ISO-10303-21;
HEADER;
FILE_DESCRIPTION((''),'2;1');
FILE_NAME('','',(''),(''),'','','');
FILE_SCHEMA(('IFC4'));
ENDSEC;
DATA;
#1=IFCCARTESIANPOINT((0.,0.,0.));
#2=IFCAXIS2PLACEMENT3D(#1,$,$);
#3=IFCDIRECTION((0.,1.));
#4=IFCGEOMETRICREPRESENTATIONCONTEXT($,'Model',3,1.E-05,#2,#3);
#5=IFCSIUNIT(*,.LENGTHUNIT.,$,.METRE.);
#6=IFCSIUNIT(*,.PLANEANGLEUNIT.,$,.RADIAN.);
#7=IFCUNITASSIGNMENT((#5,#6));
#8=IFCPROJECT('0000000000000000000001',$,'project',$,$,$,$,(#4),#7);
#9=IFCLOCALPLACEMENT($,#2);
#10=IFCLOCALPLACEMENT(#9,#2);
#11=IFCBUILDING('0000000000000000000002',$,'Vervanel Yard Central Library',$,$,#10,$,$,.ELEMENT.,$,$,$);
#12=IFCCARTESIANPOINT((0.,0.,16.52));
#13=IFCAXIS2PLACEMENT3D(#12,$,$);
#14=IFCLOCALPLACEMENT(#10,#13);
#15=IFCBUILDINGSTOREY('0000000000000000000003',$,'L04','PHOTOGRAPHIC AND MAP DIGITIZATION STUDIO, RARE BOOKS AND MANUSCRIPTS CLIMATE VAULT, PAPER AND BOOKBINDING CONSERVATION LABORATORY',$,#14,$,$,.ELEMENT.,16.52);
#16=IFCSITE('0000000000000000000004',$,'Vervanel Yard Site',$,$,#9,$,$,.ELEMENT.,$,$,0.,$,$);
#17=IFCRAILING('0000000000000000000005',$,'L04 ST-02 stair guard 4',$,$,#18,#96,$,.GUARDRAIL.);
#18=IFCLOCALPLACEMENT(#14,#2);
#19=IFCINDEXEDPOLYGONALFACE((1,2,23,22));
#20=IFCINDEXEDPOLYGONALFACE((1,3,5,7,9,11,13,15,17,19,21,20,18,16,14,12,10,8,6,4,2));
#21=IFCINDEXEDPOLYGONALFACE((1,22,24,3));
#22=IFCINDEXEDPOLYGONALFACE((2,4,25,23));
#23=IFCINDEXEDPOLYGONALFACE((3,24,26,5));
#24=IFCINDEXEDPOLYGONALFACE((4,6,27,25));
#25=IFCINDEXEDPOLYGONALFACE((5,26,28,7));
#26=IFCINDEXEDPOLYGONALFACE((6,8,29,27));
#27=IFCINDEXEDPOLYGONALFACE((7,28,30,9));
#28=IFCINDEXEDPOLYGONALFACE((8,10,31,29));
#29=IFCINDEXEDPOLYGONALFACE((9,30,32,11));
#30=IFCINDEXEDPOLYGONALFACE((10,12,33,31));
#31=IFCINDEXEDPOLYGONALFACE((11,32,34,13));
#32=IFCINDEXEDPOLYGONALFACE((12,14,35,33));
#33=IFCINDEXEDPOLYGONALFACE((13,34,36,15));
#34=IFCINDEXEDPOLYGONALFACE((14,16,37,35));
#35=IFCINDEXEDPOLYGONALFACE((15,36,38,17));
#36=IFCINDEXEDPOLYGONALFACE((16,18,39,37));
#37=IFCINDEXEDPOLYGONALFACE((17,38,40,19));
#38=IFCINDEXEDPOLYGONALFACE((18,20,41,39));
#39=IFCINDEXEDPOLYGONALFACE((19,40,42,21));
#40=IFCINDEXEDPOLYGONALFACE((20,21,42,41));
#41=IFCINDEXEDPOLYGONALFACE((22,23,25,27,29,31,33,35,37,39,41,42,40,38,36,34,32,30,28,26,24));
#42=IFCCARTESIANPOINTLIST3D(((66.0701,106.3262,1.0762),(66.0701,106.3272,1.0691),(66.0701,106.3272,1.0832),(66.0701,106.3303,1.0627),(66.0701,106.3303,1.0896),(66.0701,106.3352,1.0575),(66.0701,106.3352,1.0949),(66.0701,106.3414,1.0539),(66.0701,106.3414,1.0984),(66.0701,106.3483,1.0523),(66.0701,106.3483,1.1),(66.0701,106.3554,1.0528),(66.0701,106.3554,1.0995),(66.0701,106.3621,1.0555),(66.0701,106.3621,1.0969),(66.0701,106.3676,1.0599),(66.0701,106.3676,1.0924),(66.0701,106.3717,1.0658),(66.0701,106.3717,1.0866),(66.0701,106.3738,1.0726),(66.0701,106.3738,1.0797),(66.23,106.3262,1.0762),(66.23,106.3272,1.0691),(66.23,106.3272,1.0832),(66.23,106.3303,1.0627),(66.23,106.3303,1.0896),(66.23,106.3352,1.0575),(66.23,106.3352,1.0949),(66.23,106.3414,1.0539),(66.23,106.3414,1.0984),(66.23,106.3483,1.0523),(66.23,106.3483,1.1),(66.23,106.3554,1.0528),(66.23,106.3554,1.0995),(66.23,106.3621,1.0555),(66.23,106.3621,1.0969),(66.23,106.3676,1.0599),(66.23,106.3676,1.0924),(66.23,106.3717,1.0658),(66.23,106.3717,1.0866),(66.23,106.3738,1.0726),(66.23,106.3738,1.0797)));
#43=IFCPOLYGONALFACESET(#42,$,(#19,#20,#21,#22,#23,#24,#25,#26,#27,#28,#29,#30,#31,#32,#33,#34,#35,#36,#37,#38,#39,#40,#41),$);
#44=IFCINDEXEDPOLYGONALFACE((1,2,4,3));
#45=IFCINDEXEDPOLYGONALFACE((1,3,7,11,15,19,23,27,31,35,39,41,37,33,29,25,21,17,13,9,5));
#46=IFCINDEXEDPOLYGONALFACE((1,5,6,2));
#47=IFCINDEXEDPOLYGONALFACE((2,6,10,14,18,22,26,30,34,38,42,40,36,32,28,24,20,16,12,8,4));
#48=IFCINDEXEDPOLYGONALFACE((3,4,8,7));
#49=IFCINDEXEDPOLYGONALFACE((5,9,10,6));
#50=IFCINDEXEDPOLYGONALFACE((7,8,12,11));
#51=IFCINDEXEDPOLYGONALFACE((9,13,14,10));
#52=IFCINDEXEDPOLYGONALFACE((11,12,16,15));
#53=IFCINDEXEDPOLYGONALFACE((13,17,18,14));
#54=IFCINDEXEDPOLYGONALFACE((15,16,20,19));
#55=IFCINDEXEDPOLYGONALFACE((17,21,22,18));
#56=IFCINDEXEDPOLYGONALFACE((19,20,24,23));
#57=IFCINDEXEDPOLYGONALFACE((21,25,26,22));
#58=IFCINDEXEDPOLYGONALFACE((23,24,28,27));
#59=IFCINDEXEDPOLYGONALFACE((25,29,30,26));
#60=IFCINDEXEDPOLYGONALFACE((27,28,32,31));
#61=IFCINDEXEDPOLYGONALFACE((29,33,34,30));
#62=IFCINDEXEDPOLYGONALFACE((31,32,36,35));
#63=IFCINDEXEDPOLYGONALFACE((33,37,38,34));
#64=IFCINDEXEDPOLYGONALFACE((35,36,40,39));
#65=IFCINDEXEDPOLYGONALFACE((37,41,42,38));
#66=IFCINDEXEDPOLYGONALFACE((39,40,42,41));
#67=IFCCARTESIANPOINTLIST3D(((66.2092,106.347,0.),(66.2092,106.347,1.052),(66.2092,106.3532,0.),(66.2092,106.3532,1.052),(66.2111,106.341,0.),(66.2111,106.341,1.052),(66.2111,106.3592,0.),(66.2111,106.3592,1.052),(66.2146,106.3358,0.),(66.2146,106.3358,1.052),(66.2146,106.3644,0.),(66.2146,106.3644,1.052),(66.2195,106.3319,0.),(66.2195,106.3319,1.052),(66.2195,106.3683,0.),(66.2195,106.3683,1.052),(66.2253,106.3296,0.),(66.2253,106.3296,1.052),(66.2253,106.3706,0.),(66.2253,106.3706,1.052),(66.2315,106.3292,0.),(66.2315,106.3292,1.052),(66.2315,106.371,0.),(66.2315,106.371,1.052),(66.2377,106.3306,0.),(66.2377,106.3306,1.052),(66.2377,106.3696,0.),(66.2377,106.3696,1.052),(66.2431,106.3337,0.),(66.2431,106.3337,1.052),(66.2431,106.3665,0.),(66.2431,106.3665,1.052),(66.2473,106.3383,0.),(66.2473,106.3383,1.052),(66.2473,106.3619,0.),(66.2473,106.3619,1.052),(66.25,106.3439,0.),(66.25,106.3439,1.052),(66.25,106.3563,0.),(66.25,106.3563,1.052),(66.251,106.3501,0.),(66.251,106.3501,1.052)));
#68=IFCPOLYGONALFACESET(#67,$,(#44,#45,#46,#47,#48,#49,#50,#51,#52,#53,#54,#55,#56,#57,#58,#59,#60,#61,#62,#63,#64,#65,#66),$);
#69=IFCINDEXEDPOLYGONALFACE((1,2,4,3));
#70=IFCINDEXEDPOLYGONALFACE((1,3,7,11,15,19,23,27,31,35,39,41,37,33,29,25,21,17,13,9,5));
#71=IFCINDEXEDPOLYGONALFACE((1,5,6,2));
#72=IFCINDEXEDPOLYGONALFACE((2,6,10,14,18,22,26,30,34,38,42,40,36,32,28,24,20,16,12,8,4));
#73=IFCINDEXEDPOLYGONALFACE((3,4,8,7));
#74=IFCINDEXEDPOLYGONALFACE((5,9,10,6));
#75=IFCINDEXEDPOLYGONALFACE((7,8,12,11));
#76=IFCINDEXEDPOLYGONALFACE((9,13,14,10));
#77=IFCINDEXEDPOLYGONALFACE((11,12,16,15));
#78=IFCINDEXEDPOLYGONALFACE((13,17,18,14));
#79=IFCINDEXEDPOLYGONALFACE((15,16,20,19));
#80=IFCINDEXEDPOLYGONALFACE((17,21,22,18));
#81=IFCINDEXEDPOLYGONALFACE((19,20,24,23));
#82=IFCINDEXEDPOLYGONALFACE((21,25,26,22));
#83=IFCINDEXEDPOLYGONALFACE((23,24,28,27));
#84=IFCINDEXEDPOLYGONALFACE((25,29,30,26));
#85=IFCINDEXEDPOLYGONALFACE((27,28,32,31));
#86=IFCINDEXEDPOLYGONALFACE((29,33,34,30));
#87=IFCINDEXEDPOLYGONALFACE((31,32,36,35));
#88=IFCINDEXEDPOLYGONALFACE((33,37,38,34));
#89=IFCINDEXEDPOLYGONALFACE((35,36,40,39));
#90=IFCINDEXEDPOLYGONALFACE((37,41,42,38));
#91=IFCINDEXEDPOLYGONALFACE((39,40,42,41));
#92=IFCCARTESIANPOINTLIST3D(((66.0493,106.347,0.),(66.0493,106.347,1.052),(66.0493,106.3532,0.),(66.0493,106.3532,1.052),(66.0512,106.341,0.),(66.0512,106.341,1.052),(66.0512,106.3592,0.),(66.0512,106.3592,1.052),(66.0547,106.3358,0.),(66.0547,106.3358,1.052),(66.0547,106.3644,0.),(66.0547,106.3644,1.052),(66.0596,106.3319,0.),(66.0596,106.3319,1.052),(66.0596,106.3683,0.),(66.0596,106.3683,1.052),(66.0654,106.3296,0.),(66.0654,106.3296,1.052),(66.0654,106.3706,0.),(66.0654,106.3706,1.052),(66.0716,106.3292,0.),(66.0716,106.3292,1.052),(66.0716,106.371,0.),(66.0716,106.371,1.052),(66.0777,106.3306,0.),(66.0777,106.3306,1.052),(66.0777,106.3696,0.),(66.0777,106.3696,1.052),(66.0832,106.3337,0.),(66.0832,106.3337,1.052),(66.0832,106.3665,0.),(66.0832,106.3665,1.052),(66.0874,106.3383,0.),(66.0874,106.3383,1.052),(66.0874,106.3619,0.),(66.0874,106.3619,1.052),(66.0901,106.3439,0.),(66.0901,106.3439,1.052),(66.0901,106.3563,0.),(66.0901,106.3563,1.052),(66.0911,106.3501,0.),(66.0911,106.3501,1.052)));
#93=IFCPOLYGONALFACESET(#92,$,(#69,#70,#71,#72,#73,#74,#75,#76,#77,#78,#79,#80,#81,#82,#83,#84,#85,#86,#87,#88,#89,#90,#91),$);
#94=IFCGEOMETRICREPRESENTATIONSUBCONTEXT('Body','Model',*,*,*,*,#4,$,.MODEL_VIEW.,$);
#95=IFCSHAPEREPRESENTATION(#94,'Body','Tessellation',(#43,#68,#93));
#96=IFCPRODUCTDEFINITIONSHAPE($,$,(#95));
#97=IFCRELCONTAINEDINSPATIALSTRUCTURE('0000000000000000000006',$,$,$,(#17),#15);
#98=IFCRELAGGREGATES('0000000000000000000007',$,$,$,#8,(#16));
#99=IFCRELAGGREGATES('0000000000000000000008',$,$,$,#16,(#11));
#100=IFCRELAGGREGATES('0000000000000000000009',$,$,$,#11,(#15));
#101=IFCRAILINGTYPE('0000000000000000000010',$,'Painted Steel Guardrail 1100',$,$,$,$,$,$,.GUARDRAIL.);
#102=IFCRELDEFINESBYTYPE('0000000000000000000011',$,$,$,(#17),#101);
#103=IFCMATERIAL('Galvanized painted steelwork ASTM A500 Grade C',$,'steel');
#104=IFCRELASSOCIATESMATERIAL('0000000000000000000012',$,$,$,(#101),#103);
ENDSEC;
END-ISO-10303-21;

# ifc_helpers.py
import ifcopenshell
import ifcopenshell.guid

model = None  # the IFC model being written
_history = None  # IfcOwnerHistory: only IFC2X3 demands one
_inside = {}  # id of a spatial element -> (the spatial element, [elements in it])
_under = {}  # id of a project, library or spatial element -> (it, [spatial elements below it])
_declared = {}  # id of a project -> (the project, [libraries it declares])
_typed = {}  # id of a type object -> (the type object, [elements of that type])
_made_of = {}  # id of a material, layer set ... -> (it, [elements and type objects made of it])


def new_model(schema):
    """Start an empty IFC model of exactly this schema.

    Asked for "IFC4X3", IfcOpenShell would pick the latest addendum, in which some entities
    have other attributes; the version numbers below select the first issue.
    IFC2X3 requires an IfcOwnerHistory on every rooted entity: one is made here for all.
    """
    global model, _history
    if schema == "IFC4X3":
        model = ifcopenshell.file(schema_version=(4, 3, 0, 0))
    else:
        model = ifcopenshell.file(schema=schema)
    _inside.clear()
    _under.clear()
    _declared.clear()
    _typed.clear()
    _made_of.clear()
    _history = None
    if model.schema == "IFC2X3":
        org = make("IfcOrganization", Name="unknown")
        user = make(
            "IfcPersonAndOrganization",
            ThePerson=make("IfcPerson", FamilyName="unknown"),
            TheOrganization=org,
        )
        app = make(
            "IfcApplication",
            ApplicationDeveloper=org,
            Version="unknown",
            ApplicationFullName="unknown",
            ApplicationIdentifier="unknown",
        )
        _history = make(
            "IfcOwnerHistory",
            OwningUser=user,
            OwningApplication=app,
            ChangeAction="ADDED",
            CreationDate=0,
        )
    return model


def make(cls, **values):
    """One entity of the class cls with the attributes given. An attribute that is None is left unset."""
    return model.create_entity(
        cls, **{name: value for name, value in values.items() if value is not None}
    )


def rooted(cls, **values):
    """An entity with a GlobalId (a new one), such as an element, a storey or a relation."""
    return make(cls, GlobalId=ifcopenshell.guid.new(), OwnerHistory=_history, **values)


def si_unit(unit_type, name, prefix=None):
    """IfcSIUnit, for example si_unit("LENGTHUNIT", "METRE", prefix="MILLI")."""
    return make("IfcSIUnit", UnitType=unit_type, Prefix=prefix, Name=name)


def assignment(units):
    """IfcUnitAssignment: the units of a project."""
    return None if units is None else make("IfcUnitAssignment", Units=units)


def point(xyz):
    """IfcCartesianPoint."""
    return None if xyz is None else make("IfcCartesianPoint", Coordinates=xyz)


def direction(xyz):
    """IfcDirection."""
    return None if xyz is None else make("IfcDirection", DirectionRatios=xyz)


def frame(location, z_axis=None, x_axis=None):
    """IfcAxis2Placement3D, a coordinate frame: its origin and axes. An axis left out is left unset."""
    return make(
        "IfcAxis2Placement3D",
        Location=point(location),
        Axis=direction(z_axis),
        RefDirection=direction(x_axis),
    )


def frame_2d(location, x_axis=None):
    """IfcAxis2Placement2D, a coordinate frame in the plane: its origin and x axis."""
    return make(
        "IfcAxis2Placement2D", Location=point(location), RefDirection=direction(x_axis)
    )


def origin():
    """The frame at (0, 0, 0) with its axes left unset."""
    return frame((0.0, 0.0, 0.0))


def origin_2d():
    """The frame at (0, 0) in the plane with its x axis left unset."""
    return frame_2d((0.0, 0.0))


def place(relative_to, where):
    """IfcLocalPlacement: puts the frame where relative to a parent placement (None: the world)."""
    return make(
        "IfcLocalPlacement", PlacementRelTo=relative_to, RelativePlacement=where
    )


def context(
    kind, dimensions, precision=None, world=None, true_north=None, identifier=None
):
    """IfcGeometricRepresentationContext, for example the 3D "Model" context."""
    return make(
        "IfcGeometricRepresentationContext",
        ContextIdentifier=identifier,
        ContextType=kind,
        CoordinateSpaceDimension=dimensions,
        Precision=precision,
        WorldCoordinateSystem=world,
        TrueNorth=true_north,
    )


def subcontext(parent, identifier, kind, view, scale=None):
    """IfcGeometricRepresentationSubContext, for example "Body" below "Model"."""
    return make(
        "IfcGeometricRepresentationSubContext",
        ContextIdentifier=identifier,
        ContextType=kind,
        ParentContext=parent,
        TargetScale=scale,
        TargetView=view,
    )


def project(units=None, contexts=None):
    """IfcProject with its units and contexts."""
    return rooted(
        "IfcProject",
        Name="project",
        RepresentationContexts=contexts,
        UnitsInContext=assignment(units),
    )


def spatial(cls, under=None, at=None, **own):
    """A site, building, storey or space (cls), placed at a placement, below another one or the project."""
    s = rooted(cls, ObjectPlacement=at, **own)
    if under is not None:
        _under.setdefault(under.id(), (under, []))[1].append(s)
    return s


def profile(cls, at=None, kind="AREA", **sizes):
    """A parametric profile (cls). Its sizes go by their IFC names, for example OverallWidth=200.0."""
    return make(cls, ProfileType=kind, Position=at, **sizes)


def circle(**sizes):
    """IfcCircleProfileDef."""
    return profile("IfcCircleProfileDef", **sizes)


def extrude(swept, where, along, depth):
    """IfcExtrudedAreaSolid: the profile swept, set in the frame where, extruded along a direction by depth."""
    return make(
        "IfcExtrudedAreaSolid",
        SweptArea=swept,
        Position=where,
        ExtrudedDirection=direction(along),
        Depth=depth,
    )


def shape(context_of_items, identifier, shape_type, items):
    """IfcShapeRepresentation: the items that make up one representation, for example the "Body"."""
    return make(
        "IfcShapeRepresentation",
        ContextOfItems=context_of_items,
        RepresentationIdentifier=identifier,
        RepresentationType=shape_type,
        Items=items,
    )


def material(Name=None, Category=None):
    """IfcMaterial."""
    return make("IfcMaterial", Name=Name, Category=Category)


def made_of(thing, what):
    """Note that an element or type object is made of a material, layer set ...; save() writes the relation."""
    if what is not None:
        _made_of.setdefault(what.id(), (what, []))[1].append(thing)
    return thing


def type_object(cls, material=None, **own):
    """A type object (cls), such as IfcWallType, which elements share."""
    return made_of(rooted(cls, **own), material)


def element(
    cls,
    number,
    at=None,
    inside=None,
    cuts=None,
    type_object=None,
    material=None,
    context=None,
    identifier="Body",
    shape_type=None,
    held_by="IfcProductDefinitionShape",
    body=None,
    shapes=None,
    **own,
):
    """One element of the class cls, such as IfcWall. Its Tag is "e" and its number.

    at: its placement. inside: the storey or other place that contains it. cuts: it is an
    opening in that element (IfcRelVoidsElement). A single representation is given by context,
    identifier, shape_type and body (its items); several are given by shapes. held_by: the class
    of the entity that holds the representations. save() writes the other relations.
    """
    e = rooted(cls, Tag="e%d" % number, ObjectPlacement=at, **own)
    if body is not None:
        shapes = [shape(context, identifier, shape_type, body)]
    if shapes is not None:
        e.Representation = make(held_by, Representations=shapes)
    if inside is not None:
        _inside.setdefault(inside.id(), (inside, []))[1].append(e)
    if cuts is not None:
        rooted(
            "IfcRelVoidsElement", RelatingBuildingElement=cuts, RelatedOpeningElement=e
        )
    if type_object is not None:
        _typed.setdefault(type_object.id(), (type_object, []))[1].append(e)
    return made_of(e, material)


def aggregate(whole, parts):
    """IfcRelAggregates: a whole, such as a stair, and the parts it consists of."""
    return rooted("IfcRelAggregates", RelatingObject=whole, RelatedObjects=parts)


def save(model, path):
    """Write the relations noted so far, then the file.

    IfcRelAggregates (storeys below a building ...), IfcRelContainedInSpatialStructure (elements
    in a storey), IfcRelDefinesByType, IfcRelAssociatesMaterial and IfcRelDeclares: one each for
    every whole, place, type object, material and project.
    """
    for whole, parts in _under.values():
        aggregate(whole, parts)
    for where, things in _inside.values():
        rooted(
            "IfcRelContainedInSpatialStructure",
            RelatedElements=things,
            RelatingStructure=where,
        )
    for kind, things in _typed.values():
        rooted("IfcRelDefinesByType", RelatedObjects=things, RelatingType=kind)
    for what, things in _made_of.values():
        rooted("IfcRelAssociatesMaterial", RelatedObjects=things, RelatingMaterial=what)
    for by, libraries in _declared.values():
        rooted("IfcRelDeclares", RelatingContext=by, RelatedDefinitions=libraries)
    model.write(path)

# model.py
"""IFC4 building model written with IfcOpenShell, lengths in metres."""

from ifc_helpers import new_model, si_unit, direction, frame, origin, origin_2d, place, context, subcontext, project, spatial, circle, extrude, material, type_object, element, save


model = new_model("IFC4")

# Units and contexts
model_context = context("Model", 3, precision=1e-05, world=origin(), true_north=direction((0.0, 1.0)))
body_context = subcontext(model_context, "Body", "Model", "MODEL_VIEW")
ifc_project = project(units=[si_unit("LENGTHUNIT", "METRE"), si_unit("PLANEANGLEUNIT", "RADIAN")], contexts=[model_context])

# Site, building, storey
site_placement = place(None, origin())
site = spatial("IfcSite", under=ifc_project, at=site_placement, Name="Vervanel Yard Site", CompositionType="ELEMENT", RefElevation=0.0)
building_placement = place(site_placement, origin())
building = spatial("IfcBuilding", under=site, at=building_placement, Name="Vervanel Yard Central Library", CompositionType="ELEMENT")
storey_placement = place(building_placement, frame((0.0, 0.0, 16.52)))
storey = spatial("IfcBuildingStorey", under=building, at=storey_placement, Name="L04", Description="PHOTOGRAPHIC AND MAP DIGITIZATION STUDIO, RARE BOOKS AND MANUSCRIPTS CLIMATE VAULT, PAPER AND BOOKBINDING CONSERVATION LABORATORY", CompositionType="ELEMENT", Elevation=16.52)

# Shared definitions
ifc_material_1 = material(Name="Galvanized painted steelwork ASTM A500 Grade C", Category="steel")

# Railing
railing_type_1 = type_object("IfcRailingType", Name="Painted Steel Guardrail 1100", PredefinedType="GUARDRAIL", material=ifc_material_1)
railing_1_placement = place(storey_placement, frame((66.23, 106.3501, 0.0)))
element("IfcRailing", 1, at=railing_1_placement, inside=storey, type_object=railing_type_1, Name="L04 ST-02 stair guard 4", PredefinedType="GUARDRAIL", context=body_context, shape_type="SweptSolid", body=[
    extrude(circle(Radius=0.0239, at=origin_2d()), frame((0.0, 0.0, 1.0762), z_axis=(-1.0, 0.0, 0.0), x_axis=(0.0, -1.0, 0.0)), (0.0, 0.0, 1.0), 0.1599),
    extrude(circle(Radius=0.021, at=origin_2d()), origin(), (0.0, 0.0, 1.0), 1.052),
    extrude(circle(Radius=0.021, at=origin_2d()), frame((-0.1599, 0.0, 0.0)), (0.0, 0.0, 1.0), 1.052),
])

save(model, "model.ifc")
